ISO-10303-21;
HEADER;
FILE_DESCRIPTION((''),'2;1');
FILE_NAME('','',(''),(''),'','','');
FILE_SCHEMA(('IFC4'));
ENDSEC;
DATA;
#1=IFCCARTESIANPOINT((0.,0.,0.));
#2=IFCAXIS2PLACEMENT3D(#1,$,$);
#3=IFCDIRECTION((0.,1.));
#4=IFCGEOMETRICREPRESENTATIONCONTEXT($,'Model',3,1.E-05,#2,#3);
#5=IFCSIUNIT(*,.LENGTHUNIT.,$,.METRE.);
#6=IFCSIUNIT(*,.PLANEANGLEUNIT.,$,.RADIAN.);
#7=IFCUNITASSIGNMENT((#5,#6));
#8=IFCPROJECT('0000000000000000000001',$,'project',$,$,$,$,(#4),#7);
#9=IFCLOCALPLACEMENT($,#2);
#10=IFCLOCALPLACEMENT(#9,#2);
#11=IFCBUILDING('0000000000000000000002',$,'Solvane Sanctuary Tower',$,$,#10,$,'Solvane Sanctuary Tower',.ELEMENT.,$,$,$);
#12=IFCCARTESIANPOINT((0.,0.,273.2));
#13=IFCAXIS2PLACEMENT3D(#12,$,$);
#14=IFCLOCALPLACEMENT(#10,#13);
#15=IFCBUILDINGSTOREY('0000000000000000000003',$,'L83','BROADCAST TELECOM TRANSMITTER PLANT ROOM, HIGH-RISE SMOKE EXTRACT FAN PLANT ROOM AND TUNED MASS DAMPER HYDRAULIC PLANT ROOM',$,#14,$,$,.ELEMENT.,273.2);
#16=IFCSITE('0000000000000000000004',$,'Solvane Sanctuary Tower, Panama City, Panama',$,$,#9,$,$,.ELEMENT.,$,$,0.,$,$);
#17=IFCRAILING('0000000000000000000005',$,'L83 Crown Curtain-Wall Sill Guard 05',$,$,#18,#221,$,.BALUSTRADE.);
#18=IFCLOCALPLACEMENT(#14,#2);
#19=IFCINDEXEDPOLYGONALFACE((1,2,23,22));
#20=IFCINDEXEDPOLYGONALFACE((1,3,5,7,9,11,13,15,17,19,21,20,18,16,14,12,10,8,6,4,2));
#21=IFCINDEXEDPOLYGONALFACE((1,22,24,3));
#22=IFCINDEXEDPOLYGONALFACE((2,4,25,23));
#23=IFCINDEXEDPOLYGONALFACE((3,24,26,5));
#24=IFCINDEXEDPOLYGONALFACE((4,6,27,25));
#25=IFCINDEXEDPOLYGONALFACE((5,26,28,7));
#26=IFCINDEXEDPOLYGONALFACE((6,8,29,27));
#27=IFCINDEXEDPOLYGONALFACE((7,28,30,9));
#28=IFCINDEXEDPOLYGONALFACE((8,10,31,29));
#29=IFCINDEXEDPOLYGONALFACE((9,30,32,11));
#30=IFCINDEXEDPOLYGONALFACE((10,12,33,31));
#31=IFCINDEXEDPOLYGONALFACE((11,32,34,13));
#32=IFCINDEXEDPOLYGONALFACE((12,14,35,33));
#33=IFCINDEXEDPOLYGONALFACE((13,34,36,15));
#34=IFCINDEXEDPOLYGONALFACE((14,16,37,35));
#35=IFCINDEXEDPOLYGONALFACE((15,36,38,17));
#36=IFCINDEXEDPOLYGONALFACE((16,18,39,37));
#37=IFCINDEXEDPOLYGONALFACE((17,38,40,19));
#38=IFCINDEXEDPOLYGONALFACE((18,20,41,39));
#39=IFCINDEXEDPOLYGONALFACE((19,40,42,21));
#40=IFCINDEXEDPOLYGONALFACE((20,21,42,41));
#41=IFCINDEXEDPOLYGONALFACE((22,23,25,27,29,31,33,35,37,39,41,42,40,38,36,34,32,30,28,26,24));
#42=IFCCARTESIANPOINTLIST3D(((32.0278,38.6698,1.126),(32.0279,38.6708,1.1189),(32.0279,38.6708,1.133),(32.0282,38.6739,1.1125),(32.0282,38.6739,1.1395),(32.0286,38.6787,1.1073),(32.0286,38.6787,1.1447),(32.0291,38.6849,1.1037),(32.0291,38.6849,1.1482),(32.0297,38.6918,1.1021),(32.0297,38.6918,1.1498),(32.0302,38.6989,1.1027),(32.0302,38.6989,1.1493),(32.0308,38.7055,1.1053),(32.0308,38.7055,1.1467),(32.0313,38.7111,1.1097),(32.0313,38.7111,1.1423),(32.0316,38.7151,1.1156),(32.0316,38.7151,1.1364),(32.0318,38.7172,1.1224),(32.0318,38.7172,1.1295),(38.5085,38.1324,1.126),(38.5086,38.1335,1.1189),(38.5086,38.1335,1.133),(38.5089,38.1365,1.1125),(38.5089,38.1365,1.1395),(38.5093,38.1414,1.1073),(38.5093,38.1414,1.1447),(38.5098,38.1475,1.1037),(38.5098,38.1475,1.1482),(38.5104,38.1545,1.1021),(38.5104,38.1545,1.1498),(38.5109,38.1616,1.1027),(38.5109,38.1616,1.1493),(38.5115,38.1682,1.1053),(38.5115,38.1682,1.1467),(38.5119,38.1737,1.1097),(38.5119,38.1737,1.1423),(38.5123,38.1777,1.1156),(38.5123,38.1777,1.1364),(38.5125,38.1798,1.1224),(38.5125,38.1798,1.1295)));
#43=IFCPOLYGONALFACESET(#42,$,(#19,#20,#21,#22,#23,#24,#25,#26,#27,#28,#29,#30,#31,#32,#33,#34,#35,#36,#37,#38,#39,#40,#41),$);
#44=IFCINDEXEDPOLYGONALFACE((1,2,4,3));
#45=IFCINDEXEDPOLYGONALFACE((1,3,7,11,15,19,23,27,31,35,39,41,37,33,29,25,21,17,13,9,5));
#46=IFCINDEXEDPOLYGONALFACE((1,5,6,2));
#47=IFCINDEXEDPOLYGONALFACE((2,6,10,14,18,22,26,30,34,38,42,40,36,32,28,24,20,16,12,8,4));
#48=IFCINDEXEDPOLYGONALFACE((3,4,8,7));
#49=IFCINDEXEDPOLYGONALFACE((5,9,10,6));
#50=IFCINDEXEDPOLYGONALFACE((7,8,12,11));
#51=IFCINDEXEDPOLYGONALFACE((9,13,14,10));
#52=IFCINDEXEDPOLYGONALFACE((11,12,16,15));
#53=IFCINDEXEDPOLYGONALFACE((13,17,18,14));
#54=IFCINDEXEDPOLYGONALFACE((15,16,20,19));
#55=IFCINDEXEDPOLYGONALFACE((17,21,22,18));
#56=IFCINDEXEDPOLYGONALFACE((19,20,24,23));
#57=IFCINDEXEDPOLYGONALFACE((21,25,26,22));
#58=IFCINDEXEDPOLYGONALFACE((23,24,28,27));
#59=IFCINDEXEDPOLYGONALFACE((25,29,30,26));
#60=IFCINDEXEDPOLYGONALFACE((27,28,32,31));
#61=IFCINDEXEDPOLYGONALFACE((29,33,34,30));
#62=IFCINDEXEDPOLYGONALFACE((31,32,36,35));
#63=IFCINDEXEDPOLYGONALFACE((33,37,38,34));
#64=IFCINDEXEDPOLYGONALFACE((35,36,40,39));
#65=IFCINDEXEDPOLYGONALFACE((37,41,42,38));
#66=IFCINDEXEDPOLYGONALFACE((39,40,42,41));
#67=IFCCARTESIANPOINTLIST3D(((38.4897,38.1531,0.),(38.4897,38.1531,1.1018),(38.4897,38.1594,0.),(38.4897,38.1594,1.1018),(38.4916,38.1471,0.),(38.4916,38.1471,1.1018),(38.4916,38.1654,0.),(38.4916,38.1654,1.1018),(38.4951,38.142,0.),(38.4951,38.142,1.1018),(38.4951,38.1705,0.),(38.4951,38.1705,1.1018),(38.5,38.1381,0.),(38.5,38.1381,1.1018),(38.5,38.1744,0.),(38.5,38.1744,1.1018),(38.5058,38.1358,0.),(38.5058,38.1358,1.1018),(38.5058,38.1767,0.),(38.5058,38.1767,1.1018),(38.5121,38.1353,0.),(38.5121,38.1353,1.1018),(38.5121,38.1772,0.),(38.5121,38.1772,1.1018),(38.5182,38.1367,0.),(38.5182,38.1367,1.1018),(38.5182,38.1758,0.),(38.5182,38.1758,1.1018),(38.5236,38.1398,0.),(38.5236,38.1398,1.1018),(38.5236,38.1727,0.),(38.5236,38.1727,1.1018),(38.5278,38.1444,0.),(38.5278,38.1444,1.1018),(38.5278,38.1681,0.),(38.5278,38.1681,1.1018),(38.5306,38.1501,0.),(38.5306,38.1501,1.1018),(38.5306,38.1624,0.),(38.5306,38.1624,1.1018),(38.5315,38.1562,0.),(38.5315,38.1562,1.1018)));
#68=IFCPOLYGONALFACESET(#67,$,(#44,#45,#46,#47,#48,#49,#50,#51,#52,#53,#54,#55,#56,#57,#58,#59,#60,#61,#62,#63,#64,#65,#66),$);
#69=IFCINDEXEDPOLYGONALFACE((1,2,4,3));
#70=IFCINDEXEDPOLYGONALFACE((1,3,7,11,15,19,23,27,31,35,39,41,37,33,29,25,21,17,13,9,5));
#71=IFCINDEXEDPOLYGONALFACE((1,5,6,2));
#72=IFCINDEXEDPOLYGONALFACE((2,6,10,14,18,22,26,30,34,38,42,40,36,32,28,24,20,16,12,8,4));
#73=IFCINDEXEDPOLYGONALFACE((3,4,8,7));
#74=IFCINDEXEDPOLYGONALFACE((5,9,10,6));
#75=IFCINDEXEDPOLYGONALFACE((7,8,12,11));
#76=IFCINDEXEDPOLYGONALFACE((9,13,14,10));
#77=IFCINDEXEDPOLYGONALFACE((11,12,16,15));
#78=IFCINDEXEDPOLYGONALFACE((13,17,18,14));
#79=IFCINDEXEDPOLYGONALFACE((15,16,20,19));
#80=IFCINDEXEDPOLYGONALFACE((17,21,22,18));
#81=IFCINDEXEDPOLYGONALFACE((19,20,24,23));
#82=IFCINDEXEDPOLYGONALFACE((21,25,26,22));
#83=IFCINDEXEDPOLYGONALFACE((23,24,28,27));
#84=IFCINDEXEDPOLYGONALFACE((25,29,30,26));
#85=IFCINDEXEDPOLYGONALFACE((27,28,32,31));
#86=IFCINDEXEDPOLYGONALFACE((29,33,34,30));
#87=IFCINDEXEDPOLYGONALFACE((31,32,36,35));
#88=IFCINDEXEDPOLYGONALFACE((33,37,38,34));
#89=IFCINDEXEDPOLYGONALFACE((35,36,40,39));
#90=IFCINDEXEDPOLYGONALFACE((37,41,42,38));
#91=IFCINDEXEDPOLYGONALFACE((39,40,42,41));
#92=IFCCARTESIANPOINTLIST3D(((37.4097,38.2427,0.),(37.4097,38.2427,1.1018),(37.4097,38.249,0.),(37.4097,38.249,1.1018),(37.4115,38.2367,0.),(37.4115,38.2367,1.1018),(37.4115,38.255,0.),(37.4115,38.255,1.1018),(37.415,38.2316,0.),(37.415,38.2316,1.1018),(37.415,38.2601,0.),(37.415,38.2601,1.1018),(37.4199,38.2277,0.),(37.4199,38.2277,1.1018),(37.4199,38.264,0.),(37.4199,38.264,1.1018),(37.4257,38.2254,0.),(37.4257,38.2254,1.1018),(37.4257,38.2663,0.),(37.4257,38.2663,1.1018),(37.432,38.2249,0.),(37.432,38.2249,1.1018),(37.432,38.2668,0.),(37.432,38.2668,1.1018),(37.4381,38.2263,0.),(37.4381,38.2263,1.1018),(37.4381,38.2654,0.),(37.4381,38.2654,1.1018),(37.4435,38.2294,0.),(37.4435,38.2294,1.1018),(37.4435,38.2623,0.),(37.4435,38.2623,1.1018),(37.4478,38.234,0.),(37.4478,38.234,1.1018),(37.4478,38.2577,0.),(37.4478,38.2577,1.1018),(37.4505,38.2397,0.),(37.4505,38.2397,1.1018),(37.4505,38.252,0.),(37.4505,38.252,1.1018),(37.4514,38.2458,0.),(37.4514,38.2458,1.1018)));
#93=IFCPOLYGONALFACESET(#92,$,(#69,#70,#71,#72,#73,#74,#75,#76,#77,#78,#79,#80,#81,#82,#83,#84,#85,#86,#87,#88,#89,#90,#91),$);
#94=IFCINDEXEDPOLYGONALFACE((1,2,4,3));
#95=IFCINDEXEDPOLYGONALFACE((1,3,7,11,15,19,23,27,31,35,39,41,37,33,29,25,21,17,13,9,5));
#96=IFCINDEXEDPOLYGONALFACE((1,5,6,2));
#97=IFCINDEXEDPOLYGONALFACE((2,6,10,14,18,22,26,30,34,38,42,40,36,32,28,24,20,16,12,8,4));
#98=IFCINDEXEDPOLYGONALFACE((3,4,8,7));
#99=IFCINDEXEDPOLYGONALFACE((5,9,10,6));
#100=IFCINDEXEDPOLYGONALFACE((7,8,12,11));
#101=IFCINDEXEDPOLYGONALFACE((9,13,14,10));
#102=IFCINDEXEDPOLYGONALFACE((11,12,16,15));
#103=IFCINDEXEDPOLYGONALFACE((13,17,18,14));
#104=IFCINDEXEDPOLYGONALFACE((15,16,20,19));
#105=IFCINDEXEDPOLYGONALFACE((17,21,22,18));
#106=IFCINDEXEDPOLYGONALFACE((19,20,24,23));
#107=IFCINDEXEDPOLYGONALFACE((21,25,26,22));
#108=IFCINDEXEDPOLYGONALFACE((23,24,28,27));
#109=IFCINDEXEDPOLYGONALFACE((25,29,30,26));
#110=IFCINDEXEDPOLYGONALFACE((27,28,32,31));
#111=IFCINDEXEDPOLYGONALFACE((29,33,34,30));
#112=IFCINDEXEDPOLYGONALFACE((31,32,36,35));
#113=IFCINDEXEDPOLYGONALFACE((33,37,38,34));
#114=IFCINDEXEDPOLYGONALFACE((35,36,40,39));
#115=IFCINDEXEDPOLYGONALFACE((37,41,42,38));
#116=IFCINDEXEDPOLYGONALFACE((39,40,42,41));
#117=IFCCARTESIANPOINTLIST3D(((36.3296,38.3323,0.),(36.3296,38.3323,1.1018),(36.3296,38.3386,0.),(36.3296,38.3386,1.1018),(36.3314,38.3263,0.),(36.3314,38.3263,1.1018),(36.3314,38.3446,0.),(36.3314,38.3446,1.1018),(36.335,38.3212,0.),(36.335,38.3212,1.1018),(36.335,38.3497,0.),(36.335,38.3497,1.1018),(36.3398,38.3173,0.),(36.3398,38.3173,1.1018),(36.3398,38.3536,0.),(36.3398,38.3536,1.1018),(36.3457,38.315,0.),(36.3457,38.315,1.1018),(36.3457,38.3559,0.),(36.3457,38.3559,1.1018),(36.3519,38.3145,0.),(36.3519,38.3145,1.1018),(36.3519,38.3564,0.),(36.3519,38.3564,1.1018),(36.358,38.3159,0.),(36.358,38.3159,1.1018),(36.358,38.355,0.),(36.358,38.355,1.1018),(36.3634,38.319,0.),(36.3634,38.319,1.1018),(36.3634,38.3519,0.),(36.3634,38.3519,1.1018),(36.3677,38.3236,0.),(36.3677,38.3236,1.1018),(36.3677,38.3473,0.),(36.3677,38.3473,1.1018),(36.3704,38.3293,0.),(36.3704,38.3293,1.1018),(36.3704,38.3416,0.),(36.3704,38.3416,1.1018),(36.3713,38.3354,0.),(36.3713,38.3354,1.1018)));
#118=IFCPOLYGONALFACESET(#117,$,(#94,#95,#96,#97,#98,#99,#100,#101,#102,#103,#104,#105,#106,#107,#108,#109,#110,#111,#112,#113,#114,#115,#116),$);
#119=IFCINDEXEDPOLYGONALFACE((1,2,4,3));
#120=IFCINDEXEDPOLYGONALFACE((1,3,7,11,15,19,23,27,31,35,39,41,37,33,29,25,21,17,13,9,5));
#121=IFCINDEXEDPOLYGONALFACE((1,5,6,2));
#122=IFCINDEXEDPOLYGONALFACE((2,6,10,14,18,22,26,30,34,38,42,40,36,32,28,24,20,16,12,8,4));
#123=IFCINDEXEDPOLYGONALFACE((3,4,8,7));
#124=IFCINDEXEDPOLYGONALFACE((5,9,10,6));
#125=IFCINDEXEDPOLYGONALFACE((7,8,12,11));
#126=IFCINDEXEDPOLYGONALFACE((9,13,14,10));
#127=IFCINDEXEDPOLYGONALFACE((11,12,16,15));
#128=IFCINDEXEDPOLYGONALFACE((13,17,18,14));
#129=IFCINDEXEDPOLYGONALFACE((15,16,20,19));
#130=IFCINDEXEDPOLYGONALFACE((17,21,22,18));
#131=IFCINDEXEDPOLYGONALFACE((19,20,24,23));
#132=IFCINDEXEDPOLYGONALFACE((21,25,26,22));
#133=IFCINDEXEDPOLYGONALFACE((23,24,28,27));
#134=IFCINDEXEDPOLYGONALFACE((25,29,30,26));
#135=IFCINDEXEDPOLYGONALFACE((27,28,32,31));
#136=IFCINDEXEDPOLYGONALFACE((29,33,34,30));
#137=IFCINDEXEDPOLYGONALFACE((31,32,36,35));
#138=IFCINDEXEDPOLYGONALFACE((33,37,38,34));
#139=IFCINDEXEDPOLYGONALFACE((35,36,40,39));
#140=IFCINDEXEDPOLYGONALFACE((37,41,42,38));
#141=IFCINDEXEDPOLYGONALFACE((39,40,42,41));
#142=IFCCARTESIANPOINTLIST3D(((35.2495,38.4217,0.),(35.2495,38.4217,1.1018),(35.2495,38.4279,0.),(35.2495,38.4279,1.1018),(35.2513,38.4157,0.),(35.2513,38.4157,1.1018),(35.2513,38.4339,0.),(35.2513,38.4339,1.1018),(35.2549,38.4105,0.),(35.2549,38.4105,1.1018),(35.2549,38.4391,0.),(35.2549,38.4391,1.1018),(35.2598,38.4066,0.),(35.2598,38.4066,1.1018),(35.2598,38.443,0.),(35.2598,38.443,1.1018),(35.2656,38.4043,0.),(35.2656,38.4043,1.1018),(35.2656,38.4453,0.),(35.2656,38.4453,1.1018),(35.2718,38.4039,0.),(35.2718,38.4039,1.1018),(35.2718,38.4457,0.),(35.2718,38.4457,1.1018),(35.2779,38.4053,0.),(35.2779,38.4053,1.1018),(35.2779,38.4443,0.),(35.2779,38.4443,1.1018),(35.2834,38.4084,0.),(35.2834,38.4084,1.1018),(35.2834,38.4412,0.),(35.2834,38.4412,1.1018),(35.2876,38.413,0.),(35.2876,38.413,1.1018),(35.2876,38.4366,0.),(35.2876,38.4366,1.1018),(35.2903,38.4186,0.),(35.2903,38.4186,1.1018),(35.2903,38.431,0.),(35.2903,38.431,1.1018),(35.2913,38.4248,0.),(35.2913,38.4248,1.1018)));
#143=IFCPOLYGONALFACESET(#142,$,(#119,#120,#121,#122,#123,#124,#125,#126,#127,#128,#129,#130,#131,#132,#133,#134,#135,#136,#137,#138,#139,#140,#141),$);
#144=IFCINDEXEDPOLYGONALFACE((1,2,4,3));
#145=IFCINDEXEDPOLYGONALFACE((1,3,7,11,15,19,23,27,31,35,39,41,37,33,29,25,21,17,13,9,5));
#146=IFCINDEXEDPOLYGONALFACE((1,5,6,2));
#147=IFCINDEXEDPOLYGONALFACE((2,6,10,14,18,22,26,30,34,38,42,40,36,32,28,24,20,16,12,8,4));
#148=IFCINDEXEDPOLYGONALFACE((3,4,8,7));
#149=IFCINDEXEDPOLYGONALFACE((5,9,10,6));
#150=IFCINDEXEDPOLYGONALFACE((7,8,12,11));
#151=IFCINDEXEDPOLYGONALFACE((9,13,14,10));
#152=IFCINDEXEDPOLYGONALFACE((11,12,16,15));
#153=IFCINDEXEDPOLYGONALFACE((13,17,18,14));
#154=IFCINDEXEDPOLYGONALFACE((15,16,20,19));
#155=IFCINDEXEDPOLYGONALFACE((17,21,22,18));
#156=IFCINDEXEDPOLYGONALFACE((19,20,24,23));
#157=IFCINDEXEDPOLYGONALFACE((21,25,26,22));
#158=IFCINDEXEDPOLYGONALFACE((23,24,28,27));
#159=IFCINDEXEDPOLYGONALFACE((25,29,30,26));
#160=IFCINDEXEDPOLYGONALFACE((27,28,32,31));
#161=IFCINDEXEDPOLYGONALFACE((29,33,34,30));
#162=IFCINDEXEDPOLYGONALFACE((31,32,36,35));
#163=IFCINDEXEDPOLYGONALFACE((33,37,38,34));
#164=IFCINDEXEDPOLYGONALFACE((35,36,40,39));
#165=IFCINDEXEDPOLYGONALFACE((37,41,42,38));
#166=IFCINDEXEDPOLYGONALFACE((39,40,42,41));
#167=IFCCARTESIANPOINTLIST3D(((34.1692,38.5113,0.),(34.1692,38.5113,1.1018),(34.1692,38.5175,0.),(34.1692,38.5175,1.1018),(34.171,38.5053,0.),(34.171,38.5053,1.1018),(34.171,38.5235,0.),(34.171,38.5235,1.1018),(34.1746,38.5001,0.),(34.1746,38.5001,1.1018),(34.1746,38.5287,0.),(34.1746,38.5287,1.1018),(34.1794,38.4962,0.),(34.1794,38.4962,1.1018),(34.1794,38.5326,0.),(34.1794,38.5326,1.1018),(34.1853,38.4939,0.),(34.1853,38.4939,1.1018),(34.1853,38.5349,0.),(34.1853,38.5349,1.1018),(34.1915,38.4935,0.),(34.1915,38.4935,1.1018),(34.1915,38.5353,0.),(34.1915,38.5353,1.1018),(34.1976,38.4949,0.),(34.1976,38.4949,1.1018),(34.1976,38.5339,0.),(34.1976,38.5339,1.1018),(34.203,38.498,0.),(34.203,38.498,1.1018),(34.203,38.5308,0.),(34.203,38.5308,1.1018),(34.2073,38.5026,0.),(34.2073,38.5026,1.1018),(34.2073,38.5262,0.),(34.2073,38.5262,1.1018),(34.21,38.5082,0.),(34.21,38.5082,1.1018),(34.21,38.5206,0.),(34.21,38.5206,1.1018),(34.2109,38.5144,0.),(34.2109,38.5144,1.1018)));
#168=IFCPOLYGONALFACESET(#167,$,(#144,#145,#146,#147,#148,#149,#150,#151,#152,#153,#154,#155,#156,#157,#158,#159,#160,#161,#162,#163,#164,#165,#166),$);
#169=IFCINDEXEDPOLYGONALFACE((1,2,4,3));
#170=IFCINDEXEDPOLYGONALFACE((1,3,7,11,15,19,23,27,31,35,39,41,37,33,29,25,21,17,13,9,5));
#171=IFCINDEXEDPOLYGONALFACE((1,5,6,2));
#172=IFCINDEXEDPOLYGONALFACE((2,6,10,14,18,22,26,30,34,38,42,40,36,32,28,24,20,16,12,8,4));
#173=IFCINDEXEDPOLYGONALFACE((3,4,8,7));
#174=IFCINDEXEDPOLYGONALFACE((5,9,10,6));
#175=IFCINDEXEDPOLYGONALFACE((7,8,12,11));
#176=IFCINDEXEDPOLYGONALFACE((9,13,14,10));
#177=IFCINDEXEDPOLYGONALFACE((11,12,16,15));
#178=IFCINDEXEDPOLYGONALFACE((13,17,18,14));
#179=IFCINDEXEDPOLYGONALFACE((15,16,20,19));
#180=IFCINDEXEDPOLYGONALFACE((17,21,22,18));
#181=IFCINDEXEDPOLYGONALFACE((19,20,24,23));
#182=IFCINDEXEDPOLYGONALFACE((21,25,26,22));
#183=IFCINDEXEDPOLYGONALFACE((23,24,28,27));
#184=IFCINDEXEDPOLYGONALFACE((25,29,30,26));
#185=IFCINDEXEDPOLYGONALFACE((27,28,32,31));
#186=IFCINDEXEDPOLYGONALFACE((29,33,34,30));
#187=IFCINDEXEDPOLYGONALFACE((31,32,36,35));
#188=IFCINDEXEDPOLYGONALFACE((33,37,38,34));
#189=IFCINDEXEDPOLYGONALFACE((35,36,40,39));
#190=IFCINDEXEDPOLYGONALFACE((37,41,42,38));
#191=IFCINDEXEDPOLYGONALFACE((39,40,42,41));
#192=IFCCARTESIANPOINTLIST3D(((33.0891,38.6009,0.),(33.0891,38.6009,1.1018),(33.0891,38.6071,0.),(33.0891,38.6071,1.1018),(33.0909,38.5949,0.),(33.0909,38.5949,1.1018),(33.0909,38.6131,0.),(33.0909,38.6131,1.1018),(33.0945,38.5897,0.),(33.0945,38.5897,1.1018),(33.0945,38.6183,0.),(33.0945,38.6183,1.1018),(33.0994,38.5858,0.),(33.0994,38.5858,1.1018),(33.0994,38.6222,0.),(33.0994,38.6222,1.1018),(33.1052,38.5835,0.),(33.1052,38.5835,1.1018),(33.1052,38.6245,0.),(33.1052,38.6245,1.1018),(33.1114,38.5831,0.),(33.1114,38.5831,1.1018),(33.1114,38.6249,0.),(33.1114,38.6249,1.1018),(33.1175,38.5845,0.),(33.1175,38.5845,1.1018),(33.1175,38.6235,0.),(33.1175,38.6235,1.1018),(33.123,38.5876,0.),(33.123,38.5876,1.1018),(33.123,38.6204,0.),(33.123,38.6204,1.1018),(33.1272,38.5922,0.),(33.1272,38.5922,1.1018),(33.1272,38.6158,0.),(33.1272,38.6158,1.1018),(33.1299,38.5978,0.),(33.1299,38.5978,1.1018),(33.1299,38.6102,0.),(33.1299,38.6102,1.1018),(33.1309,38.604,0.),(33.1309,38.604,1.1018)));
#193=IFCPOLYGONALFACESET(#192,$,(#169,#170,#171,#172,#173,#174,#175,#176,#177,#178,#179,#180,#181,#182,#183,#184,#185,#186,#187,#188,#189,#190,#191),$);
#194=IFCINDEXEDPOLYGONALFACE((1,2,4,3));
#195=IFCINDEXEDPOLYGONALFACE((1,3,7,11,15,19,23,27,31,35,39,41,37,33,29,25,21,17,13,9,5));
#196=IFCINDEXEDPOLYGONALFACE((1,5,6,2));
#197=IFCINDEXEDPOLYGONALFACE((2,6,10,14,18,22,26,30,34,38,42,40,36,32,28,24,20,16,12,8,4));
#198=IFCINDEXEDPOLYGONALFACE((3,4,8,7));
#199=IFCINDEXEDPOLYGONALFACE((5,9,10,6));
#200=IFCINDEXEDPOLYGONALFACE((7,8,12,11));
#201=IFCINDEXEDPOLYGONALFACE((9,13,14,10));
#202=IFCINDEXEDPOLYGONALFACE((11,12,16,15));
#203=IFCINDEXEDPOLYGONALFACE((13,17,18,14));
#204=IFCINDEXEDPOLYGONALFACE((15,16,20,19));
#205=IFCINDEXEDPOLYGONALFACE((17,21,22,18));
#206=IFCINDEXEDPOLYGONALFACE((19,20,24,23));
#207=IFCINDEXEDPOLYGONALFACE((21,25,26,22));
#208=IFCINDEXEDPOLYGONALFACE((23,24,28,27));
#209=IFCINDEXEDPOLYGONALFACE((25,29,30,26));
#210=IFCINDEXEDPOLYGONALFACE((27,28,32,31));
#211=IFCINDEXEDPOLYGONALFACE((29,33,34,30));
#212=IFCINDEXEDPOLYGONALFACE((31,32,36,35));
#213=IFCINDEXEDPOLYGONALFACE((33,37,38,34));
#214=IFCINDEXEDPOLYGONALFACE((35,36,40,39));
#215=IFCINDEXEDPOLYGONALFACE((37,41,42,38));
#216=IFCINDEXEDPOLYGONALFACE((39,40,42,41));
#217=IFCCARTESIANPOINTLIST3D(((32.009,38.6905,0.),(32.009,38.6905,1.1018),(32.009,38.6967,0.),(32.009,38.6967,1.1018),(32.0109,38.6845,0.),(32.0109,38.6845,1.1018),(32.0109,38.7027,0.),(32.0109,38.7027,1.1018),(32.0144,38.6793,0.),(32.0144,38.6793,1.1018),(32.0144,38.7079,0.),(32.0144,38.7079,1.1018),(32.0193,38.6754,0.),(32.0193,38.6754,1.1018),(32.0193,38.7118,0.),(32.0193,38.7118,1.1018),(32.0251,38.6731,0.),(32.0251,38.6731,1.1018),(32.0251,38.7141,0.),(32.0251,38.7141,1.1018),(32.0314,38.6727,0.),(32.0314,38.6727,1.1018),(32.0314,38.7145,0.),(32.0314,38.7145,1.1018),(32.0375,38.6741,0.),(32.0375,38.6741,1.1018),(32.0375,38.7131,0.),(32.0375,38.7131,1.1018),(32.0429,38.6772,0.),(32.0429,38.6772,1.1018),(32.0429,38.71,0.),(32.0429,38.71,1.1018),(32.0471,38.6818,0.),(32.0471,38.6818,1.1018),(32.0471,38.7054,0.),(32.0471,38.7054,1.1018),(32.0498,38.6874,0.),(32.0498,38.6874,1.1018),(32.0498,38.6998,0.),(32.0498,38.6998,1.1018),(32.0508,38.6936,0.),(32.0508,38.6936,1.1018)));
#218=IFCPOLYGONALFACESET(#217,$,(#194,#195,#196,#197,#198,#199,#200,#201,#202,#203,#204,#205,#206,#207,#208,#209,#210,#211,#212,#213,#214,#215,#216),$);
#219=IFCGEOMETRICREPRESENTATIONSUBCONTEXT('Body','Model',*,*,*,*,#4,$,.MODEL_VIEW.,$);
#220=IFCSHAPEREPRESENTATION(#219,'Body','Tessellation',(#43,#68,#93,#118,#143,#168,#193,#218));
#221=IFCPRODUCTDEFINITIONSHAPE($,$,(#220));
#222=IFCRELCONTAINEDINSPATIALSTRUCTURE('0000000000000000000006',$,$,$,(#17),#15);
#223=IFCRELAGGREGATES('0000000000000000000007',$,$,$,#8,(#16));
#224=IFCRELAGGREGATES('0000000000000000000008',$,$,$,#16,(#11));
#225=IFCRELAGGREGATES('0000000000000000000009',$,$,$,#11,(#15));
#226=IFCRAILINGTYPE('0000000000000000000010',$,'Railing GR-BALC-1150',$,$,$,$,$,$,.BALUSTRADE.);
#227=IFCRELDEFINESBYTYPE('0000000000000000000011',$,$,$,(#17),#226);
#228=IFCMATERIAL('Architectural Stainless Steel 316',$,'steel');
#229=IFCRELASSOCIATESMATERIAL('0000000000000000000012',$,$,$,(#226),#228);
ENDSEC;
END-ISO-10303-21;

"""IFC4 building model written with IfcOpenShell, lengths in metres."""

from ifc_helpers import new_model, si_unit, direction, frame, origin, origin_2d, place, context, subcontext, project, spatial, circle, extrude, material, type_object, element, save


model = new_model("IFC4")

# Units and contexts
model_context = context("Model", 3, precision=1e-05, world=origin(), true_north=direction((0.0, 1.0)))
body_context = subcontext(model_context, "Body", "Model", "MODEL_VIEW")
ifc_project = project(units=[si_unit("LENGTHUNIT", "METRE"), si_unit("PLANEANGLEUNIT", "RADIAN")], contexts=[model_context])

# Site, building, storey
site_placement = place(None, origin())
site = spatial("IfcSite", under=ifc_project, at=site_placement, Name="Solvane Sanctuary Tower, Panama City, Panama", CompositionType="ELEMENT", RefElevation=0.0)
building_placement = place(site_placement, origin())
building = spatial("IfcBuilding", under=site, at=building_placement, Name="Solvane Sanctuary Tower", LongName="Solvane Sanctuary Tower", CompositionType="ELEMENT")
storey_placement = place(building_placement, frame((0.0, 0.0, 273.2)))
storey = spatial("IfcBuildingStorey", under=building, at=storey_placement, Name="L83", Description="BROADCAST TELECOM TRANSMITTER PLANT ROOM, HIGH-RISE SMOKE EXTRACT FAN PLANT ROOM AND TUNED MASS DAMPER HYDRAULIC PLANT ROOM", CompositionType="ELEMENT", Elevation=273.2)

# Shared definitions
ifc_material_1 = material(Name="Architectural Stainless Steel 316", Category="steel")

# Railing
railing_type = type_object("IfcRailingType", Name="Railing GR-BALC-1150", PredefinedType="BALUSTRADE", material=ifc_material_1)
railing_placement = place(storey_placement, frame((38.5105, 38.1562, 0.0)))
element("IfcRailing", 1, at=railing_placement, inside=storey, type_object=railing_type, Name="L83 Crown Curtain-Wall Sill Guard 05", PredefinedType="BALUSTRADE", context=body_context, shape_type="SweptSolid", body=[
    extrude(circle(Radius=0.0239, at=origin_2d()), frame((0.0, 0.0, 1.126), z_axis=(-0.99658, 0.082632, 0.0), x_axis=(-0.082632, -0.99658, 0.0)), (0.0, 0.0, 1.0), 6.5029),
    extrude(circle(Radius=0.021, at=origin_2d()), origin(), (0.0, 0.0, 1.0), 1.1018),
    extrude(circle(Radius=0.021, at=origin_2d()), frame((-1.0801, 0.0896, 0.0)), (0.0, 0.0, 1.0), 1.1018),
    extrude(circle(Radius=0.021, at=origin_2d()), frame((-2.1602, 0.1792, 0.0)), (0.0, 0.0, 1.0), 1.1018),
    extrude(circle(Radius=0.021, at=origin_2d()), frame((-3.2402, 0.2686, 0.0)), (0.0, 0.0, 1.0), 1.1018),
    extrude(circle(Radius=0.021, at=origin_2d()), frame((-4.3206, 0.3582, 0.0)), (0.0, 0.0, 1.0), 1.1018),
    extrude(circle(Radius=0.021, at=origin_2d()), frame((-5.4006, 0.4478, 0.0)), (0.0, 0.0, 1.0), 1.1018),
    extrude(circle(Radius=0.021, at=origin_2d()), frame((-6.4807, 0.5374, 0.0)), (0.0, 0.0, 1.0), 1.1018),
])

save(model, "model.ifc")
